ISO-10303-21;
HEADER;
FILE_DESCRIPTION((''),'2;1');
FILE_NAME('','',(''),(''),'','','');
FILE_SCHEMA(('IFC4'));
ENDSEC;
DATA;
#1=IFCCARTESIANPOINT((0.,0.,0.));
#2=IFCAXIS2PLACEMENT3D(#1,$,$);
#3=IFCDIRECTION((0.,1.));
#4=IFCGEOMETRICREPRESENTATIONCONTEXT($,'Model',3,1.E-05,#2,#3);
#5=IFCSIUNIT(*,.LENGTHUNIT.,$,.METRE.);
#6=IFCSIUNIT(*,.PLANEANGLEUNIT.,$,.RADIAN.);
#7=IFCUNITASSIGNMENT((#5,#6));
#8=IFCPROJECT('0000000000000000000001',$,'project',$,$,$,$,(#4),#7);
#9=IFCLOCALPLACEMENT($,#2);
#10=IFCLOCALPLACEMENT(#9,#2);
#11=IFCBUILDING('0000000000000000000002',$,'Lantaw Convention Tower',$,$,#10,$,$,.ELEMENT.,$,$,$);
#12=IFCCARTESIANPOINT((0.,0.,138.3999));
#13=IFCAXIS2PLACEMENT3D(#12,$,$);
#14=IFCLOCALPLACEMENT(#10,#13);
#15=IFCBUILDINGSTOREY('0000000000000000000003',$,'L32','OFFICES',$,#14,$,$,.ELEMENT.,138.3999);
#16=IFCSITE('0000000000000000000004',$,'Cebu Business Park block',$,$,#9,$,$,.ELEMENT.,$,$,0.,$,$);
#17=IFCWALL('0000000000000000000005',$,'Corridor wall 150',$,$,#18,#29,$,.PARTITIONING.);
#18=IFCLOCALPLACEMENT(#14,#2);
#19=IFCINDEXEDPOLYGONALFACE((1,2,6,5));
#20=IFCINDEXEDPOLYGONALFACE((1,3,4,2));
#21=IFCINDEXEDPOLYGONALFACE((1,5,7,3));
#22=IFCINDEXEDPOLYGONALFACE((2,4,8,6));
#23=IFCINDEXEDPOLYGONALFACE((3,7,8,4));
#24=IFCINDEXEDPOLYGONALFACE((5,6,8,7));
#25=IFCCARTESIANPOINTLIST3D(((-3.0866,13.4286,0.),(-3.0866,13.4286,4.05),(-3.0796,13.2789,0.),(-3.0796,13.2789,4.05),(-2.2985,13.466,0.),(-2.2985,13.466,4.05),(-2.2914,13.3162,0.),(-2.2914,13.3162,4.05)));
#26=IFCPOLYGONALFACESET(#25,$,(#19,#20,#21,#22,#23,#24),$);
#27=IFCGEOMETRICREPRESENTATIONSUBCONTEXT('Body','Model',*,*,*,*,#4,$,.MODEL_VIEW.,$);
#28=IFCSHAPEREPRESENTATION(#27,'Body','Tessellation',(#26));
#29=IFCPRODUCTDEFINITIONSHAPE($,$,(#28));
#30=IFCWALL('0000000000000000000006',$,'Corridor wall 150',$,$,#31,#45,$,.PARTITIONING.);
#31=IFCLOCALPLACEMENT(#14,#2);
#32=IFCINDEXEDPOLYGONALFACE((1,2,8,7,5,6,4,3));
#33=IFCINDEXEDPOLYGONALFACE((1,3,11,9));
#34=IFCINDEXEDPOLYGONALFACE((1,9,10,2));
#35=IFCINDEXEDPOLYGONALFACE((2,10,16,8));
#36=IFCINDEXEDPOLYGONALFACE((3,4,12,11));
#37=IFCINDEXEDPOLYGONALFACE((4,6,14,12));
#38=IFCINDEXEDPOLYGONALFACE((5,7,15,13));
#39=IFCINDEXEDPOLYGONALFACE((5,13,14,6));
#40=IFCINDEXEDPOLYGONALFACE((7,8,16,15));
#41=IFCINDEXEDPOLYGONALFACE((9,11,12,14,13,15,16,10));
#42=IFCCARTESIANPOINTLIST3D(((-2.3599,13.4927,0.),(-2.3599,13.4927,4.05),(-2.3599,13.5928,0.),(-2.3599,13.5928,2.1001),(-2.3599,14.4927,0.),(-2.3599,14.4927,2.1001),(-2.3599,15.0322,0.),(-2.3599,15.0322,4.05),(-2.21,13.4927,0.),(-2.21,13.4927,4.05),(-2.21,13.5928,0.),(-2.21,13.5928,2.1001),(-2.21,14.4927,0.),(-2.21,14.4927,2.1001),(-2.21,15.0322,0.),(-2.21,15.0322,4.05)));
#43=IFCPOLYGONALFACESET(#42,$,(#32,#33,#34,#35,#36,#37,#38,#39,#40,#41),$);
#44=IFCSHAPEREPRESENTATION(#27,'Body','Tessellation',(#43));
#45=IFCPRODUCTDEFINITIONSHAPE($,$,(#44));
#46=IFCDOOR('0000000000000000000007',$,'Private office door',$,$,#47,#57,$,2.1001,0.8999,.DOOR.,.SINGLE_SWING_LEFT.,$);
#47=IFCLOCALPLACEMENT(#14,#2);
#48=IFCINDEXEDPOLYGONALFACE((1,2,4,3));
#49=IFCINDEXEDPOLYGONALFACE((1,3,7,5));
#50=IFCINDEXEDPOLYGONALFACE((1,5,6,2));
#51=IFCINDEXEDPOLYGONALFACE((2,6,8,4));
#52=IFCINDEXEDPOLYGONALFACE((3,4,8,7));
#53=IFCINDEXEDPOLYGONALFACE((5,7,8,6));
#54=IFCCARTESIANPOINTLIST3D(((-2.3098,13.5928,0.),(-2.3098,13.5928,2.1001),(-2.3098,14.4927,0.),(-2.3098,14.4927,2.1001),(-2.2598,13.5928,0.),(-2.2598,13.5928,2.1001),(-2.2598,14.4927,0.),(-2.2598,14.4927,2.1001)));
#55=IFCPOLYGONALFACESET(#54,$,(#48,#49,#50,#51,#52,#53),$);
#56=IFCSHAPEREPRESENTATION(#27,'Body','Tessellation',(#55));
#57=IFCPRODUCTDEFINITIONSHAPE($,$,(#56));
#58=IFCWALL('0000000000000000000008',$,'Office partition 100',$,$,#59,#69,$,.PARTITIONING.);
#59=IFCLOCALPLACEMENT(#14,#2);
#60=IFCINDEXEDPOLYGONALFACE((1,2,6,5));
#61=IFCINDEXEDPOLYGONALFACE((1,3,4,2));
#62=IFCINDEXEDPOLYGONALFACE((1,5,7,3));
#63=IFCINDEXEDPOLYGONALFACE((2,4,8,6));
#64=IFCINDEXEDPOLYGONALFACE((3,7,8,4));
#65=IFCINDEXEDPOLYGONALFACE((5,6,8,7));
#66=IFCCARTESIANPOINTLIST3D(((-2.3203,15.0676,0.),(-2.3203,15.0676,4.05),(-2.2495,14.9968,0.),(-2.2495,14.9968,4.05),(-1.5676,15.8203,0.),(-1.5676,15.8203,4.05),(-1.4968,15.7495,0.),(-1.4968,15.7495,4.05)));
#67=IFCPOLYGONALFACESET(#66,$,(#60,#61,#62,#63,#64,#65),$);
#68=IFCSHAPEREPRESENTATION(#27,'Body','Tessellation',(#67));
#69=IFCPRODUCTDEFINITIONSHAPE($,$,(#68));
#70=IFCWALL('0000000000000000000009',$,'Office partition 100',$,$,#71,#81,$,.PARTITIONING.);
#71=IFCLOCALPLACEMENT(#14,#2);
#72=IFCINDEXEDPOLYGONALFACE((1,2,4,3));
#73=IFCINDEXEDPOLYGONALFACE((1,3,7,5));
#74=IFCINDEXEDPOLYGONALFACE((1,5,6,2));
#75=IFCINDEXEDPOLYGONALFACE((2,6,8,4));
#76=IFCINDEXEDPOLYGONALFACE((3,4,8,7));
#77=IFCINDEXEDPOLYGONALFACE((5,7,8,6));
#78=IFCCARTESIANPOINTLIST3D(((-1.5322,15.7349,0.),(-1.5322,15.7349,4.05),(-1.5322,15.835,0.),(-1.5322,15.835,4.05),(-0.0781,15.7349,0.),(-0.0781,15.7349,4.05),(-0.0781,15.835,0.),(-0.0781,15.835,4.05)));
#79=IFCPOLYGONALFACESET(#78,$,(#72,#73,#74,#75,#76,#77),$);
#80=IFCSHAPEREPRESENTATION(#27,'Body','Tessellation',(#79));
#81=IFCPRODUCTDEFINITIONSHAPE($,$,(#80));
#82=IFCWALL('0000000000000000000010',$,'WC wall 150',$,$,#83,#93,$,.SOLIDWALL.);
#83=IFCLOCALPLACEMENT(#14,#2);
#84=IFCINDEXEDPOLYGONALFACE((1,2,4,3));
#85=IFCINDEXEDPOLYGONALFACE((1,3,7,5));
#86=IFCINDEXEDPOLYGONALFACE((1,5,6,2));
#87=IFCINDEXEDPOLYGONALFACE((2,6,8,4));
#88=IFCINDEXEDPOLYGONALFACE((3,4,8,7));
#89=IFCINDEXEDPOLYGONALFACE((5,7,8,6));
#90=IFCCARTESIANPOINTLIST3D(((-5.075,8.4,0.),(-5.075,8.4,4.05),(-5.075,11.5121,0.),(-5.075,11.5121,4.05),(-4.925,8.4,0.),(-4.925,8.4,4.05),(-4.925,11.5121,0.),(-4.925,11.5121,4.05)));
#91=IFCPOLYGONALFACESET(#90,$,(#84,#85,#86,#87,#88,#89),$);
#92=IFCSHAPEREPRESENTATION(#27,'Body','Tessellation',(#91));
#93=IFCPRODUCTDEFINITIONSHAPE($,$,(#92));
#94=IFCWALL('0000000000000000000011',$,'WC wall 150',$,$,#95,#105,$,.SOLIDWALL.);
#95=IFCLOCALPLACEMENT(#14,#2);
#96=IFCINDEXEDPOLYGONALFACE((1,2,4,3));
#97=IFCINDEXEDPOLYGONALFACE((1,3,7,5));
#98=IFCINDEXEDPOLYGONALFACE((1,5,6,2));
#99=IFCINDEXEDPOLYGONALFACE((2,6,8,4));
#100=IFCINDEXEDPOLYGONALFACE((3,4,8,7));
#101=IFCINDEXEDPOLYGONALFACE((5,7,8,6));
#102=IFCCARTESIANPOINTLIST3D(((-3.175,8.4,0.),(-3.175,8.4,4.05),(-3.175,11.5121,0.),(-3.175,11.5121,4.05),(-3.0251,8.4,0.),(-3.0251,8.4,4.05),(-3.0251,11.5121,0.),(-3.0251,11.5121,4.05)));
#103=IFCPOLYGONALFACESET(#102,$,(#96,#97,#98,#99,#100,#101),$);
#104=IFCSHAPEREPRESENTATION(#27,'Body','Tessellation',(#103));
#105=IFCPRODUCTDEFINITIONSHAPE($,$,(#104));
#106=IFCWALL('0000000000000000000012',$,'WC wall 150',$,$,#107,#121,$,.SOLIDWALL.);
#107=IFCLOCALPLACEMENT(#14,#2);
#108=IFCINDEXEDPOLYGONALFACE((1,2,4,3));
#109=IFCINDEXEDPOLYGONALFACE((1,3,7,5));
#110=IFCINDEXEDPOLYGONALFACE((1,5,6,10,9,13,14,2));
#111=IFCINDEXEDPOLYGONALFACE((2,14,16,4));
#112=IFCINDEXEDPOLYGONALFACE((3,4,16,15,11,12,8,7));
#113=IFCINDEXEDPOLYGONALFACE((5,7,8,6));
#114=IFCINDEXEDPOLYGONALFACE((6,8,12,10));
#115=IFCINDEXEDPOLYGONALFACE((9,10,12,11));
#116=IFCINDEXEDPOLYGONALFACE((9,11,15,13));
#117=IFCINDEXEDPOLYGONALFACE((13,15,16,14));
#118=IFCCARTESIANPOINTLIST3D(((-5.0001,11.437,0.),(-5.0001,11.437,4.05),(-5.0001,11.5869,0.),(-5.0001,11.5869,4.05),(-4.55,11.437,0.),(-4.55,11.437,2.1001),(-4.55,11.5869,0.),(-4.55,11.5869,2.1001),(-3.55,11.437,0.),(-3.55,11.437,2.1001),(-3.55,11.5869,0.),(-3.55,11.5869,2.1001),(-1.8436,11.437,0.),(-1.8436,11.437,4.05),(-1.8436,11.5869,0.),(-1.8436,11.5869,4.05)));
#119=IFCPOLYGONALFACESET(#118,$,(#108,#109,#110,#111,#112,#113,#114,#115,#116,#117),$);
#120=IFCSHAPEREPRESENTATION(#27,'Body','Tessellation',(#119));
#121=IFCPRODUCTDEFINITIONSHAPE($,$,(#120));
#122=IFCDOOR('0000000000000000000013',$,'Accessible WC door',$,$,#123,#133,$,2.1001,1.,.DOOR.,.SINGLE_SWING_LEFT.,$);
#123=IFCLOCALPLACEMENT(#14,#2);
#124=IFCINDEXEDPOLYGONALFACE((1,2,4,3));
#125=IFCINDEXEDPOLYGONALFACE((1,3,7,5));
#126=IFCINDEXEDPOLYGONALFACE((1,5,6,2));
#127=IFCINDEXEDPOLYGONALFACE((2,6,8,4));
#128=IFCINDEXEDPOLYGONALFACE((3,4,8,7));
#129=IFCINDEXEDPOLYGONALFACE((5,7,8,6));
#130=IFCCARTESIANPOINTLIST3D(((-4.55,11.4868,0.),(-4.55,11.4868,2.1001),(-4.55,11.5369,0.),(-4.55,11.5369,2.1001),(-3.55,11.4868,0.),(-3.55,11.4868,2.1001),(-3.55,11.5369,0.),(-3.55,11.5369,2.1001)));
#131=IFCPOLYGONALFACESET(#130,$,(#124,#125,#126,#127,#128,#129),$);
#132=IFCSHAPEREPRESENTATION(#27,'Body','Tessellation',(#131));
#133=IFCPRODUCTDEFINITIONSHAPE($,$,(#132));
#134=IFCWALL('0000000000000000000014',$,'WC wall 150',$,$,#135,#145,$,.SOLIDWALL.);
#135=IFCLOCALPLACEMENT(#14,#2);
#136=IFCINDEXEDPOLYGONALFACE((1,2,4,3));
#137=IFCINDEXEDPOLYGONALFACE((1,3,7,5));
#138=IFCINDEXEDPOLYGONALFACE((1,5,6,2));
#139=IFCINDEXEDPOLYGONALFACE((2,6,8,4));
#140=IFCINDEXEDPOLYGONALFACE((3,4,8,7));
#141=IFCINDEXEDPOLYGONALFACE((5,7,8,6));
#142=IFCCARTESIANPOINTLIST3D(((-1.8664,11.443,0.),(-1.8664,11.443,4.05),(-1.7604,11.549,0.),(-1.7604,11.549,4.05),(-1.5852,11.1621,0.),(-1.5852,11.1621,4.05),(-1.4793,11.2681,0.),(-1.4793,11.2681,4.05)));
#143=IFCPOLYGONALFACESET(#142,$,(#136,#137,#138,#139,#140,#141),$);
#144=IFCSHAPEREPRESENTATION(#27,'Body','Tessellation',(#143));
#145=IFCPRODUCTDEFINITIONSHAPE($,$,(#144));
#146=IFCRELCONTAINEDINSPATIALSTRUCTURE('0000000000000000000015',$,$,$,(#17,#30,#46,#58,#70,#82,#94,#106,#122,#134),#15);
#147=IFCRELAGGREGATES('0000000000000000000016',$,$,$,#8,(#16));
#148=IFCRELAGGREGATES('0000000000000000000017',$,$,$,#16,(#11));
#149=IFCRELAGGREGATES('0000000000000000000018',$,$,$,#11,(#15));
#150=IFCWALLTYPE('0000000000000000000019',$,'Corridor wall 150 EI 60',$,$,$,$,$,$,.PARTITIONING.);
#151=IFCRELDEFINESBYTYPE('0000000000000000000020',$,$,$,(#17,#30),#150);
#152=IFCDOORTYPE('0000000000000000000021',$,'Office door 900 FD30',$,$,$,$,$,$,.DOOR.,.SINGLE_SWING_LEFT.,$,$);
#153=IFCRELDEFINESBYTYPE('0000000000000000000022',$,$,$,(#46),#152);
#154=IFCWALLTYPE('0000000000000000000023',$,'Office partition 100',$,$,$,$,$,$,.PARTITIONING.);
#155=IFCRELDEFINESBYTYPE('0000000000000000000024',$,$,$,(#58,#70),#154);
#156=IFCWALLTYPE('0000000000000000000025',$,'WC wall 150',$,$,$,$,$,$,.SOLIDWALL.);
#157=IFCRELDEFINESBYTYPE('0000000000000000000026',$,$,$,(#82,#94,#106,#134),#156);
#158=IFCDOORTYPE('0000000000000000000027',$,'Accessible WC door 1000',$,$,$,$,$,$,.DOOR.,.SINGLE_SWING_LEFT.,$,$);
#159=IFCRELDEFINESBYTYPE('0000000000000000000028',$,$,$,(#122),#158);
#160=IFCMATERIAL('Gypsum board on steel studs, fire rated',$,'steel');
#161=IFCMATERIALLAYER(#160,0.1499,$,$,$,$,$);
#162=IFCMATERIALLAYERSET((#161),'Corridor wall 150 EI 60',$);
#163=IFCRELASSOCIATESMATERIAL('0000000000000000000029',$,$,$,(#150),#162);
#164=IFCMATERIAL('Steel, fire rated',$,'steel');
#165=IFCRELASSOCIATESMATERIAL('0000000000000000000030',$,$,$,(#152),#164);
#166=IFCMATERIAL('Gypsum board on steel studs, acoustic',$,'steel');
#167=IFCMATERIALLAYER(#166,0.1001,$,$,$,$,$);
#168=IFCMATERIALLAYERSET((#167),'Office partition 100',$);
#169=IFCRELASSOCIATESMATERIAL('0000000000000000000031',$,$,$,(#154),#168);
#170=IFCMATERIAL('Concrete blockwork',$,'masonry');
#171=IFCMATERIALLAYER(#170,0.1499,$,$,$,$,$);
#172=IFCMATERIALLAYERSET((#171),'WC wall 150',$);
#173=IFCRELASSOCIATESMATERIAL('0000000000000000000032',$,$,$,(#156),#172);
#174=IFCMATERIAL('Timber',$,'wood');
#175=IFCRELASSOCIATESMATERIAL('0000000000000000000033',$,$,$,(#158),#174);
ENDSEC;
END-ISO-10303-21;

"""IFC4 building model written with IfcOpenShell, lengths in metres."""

from ifc_helpers import new_model, si_unit, direction, frame, frame_2d, origin, place, context, subcontext, project, spatial, rectangle, extrude, material, layer, layer_set, type_object, element, fill, save


model = new_model("IFC4")

# Units and contexts
model_context = context("Model", 3, precision=1e-05, world=origin(), true_north=direction((0.0, 1.0)))
body_context = subcontext(model_context, "Body", "Model", "MODEL_VIEW")
ifc_project = project(units=[si_unit("LENGTHUNIT", "METRE"), si_unit("PLANEANGLEUNIT", "RADIAN")], contexts=[model_context])

# Site, building, storey
site_placement = place(None, origin())
site = spatial("IfcSite", under=ifc_project, at=site_placement, Name="Cebu Business Park block", CompositionType="ELEMENT", RefElevation=0.0)
building_placement = place(site_placement, origin())
building = spatial("IfcBuilding", under=site, at=building_placement, Name="Lantaw Convention Tower", CompositionType="ELEMENT")
storey_placement = place(building_placement, frame((0.0, 0.0, 138.3999)))
storey = spatial("IfcBuildingStorey", under=building, at=storey_placement, Name="L32", Description="OFFICES", CompositionType="ELEMENT", Elevation=138.3999)

# Shared definitions
ifc_material_1 = material(Name="Gypsum board on steel studs, fire rated", Category="steel")
ifc_layer_1 = layer(ifc_material_1, 0.1499)
ifc_layer_set_1 = layer_set([ifc_layer_1], Name="Corridor wall 150 EI 60")
wall_type_1 = type_object("IfcWallType", Name="Corridor wall 150 EI 60", PredefinedType="PARTITIONING", material=ifc_layer_set_1)
ifc_material_2 = material(Name="Steel, fire rated", Category="steel")
door_type_1 = type_object("IfcDoorType", Name="Office door 900 FD30", OperationType="SINGLE_SWING_LEFT", PredefinedType="DOOR", material=ifc_material_2)

# Wall
wall_1_placement = place(storey_placement, frame((-2.2949, 13.3911, 0.0), z_axis=(0.0, 0.0, 1.0), x_axis=(-0.998879, -0.047345, 0.0)))
element("IfcWall", 1, at=wall_1_placement, inside=storey, type_object=wall_type_1, Name="Corridor wall 150", PredefinedType="PARTITIONING", context=body_context, shape_type="SweptSolid", body=[
    extrude(rectangle(XDim=0.7891, YDim=0.1499, at=frame_2d((0.3945, 0.0))), origin(), (0.0, 0.0, 1.0), 4.05),
])

# Wall, opening, door
wall_2_placement = place(storey_placement, frame((-2.2849, 13.4927, 0.0), z_axis=(0.0, 0.0, 1.0), x_axis=(0.0, 1.0, 0.0)))
wall_2 = element("IfcWall", 2, at=wall_2_placement, inside=storey, type_object=wall_type_1, Name="Corridor wall 150", PredefinedType="PARTITIONING", context=body_context, shape_type="SweptSolid", body=[
    extrude(rectangle(XDim=1.5396, YDim=0.1499, at=frame_2d((0.7698, 0.0))), origin(), (0.0, 0.0, 1.0), 4.05),
])
opening_1_placement = place(wall_2_placement, frame((0.1001, 0.0, 0.0)))
opening_1 = element("IfcOpeningElement", 3, at=opening_1_placement, cuts=wall_2, PredefinedType="OPENING", context=body_context, shape_type="SweptSolid", body=[
    extrude(rectangle(XDim=0.8999, YDim=2.1001, at=frame_2d((0.45, 1.05))), frame((0.0, 0.085, 0.0), z_axis=(0.0, -1.0, 0.0), x_axis=(1.0, 0.0, 0.0)), (0.0, 0.0, 1.0), 0.1699),
])
door_1_placement = place(opening_1_placement, origin())
door_1 = element("IfcDoor", 4, at=door_1_placement, inside=storey, type_object=door_type_1, Name="Private office door", OperationType="SINGLE_SWING_LEFT", OverallHeight=2.1001, OverallWidth=0.8999, PredefinedType="DOOR", context=body_context, shape_type="SweptSolid", body=[
    extrude(rectangle(XDim=0.8999, YDim=2.1001, at=frame_2d((0.45, 1.05))), frame((0.0, 0.0249, 0.0), z_axis=(0.0, -1.0, 0.0), x_axis=(1.0, 0.0, 0.0)), (0.0, 0.0, 1.0), 0.05),
])
fill(opening_1, door_1)

# Walls
ifc_material_3 = material(Name="Gypsum board on steel studs, acoustic", Category="steel")
ifc_layer_2 = layer(ifc_material_3, 0.1001)
ifc_layer_set_2 = layer_set([ifc_layer_2], Name="Office partition 100")
wall_type_2 = type_object("IfcWallType", Name="Office partition 100", PredefinedType="PARTITIONING", material=ifc_layer_set_2)
wall_3_placement = place(storey_placement, frame((-2.2849, 15.0322, 0.0), z_axis=(0.0, 0.0, 1.0), x_axis=(0.707107, 0.707107, 0.0)))
element("IfcWall", 5, at=wall_3_placement, inside=storey, type_object=wall_type_2, Name="Office partition 100", PredefinedType="PARTITIONING", context=body_context, shape_type="SweptSolid", body=[
    extrude(rectangle(XDim=1.0645, YDim=0.1001, at=frame_2d((0.5322, 0.0))), origin(), (0.0, 0.0, 1.0), 4.05),
])
wall_4_placement = place(storey_placement, frame((-1.5322, 15.7849, 0.0), z_axis=(0.0, 0.0, 1.0), x_axis=(1.0, 0.0, 0.0)))
element("IfcWall", 6, at=wall_4_placement, inside=storey, type_object=wall_type_2, Name="Office partition 100", PredefinedType="PARTITIONING", context=body_context, shape_type="SweptSolid", body=[
    extrude(rectangle(XDim=1.4541, YDim=0.1001, at=frame_2d((0.7271, 0.0))), origin(), (0.0, 0.0, 1.0), 4.05),
])
ifc_material_4 = material(Name="Concrete blockwork", Category="masonry")
ifc_layer_3 = layer(ifc_material_4, 0.1499)
ifc_layer_set_3 = layer_set([ifc_layer_3], Name="WC wall 150")
wall_type_3 = type_object("IfcWallType", Name="WC wall 150", PredefinedType="SOLIDWALL", material=ifc_layer_set_3)
for number, where, z_axis, x_axis, name in (
    (7, (-5.0, 8.3999, 0.0), (0.0, 0.0, 1.0), (0.0, 1.0, 0.0), "WC wall 150"),
    (8, (-3.1001, 8.3999, 0.0), (0.0, 0.0, 1.0), (0.0, 1.0, 0.0), "WC wall 150"),
):
    element("IfcWall", number, at=place(storey_placement, frame(where, z_axis=z_axis, x_axis=x_axis)), inside=storey, type_object=wall_type_3, Name=name, PredefinedType="SOLIDWALL", context=body_context, shape_type="SweptSolid", body=[
        extrude(rectangle(XDim=3.1121, YDim=0.1499, at=frame_2d((1.5562, 0.0))), origin(), (0.0, 0.0, 1.0), 4.05),
    ])

# Wall, opening, door
wall_5_placement = place(storey_placement, frame((-5.0, 11.512, 0.0), z_axis=(0.0, 0.0, 1.0), x_axis=(1.0, 0.0, 0.0)))
wall_5 = element("IfcWall", 9, at=wall_5_placement, inside=storey, type_object=wall_type_3, Name="WC wall 150", PredefinedType="SOLIDWALL", context=body_context, shape_type="SweptSolid", body=[
    extrude(rectangle(XDim=3.1565, YDim=0.1499, at=frame_2d((1.5781, 0.0))), origin(), (0.0, 0.0, 1.0), 4.05),
])
opening_2_placement = place(wall_5_placement, frame((0.45, 0.0, 0.0)))
opening_2 = element("IfcOpeningElement", 10, at=opening_2_placement, cuts=wall_5, PredefinedType="OPENING", context=body_context, shape_type="SweptSolid", body=[
    extrude(rectangle(XDim=1.0, YDim=2.1001, at=frame_2d((0.5, 1.05))), frame((0.0, 0.085, 0.0), z_axis=(0.0, -1.0, 0.0), x_axis=(1.0, 0.0, 0.0)), (0.0, 0.0, 1.0), 0.1699),
])
ifc_material_5 = material(Name="Timber", Category="wood")
door_type_2 = type_object("IfcDoorType", Name="Accessible WC door 1000", OperationType="SINGLE_SWING_LEFT", PredefinedType="DOOR", material=ifc_material_5)
door_2_placement = place(opening_2_placement, origin())
door_2 = element("IfcDoor", 11, at=door_2_placement, inside=storey, type_object=door_type_2, Name="Accessible WC door", OperationType="SINGLE_SWING_LEFT", OverallHeight=2.1001, OverallWidth=1.0, PredefinedType="DOOR", context=body_context, shape_type="SweptSolid", body=[
    extrude(rectangle(XDim=1.0, YDim=2.1001, at=frame_2d((0.5, 1.05))), frame((0.0, 0.0249, 0.0), z_axis=(0.0, -1.0, 0.0), x_axis=(1.0, 0.0, 0.0)), (0.0, 0.0, 1.0), 0.05),
])
fill(opening_2, door_2)

# Wall
wall_6_placement = place(storey_placement, frame((-1.5322, 11.2151, 0.0), z_axis=(0.0, 0.0, 1.0), x_axis=(-0.707414, 0.7068, 0.0)))
element("IfcWall", 12, at=wall_6_placement, inside=storey, type_object=wall_type_3, Name="WC wall 150", PredefinedType="SOLIDWALL", context=body_context, shape_type="SweptSolid", body=[
    extrude(rectangle(XDim=0.3975, YDim=0.1499, at=frame_2d((0.1987, 0.0))), origin(), (0.0, 0.0, 1.0), 4.05),
])

save(model, "model.ifc")
